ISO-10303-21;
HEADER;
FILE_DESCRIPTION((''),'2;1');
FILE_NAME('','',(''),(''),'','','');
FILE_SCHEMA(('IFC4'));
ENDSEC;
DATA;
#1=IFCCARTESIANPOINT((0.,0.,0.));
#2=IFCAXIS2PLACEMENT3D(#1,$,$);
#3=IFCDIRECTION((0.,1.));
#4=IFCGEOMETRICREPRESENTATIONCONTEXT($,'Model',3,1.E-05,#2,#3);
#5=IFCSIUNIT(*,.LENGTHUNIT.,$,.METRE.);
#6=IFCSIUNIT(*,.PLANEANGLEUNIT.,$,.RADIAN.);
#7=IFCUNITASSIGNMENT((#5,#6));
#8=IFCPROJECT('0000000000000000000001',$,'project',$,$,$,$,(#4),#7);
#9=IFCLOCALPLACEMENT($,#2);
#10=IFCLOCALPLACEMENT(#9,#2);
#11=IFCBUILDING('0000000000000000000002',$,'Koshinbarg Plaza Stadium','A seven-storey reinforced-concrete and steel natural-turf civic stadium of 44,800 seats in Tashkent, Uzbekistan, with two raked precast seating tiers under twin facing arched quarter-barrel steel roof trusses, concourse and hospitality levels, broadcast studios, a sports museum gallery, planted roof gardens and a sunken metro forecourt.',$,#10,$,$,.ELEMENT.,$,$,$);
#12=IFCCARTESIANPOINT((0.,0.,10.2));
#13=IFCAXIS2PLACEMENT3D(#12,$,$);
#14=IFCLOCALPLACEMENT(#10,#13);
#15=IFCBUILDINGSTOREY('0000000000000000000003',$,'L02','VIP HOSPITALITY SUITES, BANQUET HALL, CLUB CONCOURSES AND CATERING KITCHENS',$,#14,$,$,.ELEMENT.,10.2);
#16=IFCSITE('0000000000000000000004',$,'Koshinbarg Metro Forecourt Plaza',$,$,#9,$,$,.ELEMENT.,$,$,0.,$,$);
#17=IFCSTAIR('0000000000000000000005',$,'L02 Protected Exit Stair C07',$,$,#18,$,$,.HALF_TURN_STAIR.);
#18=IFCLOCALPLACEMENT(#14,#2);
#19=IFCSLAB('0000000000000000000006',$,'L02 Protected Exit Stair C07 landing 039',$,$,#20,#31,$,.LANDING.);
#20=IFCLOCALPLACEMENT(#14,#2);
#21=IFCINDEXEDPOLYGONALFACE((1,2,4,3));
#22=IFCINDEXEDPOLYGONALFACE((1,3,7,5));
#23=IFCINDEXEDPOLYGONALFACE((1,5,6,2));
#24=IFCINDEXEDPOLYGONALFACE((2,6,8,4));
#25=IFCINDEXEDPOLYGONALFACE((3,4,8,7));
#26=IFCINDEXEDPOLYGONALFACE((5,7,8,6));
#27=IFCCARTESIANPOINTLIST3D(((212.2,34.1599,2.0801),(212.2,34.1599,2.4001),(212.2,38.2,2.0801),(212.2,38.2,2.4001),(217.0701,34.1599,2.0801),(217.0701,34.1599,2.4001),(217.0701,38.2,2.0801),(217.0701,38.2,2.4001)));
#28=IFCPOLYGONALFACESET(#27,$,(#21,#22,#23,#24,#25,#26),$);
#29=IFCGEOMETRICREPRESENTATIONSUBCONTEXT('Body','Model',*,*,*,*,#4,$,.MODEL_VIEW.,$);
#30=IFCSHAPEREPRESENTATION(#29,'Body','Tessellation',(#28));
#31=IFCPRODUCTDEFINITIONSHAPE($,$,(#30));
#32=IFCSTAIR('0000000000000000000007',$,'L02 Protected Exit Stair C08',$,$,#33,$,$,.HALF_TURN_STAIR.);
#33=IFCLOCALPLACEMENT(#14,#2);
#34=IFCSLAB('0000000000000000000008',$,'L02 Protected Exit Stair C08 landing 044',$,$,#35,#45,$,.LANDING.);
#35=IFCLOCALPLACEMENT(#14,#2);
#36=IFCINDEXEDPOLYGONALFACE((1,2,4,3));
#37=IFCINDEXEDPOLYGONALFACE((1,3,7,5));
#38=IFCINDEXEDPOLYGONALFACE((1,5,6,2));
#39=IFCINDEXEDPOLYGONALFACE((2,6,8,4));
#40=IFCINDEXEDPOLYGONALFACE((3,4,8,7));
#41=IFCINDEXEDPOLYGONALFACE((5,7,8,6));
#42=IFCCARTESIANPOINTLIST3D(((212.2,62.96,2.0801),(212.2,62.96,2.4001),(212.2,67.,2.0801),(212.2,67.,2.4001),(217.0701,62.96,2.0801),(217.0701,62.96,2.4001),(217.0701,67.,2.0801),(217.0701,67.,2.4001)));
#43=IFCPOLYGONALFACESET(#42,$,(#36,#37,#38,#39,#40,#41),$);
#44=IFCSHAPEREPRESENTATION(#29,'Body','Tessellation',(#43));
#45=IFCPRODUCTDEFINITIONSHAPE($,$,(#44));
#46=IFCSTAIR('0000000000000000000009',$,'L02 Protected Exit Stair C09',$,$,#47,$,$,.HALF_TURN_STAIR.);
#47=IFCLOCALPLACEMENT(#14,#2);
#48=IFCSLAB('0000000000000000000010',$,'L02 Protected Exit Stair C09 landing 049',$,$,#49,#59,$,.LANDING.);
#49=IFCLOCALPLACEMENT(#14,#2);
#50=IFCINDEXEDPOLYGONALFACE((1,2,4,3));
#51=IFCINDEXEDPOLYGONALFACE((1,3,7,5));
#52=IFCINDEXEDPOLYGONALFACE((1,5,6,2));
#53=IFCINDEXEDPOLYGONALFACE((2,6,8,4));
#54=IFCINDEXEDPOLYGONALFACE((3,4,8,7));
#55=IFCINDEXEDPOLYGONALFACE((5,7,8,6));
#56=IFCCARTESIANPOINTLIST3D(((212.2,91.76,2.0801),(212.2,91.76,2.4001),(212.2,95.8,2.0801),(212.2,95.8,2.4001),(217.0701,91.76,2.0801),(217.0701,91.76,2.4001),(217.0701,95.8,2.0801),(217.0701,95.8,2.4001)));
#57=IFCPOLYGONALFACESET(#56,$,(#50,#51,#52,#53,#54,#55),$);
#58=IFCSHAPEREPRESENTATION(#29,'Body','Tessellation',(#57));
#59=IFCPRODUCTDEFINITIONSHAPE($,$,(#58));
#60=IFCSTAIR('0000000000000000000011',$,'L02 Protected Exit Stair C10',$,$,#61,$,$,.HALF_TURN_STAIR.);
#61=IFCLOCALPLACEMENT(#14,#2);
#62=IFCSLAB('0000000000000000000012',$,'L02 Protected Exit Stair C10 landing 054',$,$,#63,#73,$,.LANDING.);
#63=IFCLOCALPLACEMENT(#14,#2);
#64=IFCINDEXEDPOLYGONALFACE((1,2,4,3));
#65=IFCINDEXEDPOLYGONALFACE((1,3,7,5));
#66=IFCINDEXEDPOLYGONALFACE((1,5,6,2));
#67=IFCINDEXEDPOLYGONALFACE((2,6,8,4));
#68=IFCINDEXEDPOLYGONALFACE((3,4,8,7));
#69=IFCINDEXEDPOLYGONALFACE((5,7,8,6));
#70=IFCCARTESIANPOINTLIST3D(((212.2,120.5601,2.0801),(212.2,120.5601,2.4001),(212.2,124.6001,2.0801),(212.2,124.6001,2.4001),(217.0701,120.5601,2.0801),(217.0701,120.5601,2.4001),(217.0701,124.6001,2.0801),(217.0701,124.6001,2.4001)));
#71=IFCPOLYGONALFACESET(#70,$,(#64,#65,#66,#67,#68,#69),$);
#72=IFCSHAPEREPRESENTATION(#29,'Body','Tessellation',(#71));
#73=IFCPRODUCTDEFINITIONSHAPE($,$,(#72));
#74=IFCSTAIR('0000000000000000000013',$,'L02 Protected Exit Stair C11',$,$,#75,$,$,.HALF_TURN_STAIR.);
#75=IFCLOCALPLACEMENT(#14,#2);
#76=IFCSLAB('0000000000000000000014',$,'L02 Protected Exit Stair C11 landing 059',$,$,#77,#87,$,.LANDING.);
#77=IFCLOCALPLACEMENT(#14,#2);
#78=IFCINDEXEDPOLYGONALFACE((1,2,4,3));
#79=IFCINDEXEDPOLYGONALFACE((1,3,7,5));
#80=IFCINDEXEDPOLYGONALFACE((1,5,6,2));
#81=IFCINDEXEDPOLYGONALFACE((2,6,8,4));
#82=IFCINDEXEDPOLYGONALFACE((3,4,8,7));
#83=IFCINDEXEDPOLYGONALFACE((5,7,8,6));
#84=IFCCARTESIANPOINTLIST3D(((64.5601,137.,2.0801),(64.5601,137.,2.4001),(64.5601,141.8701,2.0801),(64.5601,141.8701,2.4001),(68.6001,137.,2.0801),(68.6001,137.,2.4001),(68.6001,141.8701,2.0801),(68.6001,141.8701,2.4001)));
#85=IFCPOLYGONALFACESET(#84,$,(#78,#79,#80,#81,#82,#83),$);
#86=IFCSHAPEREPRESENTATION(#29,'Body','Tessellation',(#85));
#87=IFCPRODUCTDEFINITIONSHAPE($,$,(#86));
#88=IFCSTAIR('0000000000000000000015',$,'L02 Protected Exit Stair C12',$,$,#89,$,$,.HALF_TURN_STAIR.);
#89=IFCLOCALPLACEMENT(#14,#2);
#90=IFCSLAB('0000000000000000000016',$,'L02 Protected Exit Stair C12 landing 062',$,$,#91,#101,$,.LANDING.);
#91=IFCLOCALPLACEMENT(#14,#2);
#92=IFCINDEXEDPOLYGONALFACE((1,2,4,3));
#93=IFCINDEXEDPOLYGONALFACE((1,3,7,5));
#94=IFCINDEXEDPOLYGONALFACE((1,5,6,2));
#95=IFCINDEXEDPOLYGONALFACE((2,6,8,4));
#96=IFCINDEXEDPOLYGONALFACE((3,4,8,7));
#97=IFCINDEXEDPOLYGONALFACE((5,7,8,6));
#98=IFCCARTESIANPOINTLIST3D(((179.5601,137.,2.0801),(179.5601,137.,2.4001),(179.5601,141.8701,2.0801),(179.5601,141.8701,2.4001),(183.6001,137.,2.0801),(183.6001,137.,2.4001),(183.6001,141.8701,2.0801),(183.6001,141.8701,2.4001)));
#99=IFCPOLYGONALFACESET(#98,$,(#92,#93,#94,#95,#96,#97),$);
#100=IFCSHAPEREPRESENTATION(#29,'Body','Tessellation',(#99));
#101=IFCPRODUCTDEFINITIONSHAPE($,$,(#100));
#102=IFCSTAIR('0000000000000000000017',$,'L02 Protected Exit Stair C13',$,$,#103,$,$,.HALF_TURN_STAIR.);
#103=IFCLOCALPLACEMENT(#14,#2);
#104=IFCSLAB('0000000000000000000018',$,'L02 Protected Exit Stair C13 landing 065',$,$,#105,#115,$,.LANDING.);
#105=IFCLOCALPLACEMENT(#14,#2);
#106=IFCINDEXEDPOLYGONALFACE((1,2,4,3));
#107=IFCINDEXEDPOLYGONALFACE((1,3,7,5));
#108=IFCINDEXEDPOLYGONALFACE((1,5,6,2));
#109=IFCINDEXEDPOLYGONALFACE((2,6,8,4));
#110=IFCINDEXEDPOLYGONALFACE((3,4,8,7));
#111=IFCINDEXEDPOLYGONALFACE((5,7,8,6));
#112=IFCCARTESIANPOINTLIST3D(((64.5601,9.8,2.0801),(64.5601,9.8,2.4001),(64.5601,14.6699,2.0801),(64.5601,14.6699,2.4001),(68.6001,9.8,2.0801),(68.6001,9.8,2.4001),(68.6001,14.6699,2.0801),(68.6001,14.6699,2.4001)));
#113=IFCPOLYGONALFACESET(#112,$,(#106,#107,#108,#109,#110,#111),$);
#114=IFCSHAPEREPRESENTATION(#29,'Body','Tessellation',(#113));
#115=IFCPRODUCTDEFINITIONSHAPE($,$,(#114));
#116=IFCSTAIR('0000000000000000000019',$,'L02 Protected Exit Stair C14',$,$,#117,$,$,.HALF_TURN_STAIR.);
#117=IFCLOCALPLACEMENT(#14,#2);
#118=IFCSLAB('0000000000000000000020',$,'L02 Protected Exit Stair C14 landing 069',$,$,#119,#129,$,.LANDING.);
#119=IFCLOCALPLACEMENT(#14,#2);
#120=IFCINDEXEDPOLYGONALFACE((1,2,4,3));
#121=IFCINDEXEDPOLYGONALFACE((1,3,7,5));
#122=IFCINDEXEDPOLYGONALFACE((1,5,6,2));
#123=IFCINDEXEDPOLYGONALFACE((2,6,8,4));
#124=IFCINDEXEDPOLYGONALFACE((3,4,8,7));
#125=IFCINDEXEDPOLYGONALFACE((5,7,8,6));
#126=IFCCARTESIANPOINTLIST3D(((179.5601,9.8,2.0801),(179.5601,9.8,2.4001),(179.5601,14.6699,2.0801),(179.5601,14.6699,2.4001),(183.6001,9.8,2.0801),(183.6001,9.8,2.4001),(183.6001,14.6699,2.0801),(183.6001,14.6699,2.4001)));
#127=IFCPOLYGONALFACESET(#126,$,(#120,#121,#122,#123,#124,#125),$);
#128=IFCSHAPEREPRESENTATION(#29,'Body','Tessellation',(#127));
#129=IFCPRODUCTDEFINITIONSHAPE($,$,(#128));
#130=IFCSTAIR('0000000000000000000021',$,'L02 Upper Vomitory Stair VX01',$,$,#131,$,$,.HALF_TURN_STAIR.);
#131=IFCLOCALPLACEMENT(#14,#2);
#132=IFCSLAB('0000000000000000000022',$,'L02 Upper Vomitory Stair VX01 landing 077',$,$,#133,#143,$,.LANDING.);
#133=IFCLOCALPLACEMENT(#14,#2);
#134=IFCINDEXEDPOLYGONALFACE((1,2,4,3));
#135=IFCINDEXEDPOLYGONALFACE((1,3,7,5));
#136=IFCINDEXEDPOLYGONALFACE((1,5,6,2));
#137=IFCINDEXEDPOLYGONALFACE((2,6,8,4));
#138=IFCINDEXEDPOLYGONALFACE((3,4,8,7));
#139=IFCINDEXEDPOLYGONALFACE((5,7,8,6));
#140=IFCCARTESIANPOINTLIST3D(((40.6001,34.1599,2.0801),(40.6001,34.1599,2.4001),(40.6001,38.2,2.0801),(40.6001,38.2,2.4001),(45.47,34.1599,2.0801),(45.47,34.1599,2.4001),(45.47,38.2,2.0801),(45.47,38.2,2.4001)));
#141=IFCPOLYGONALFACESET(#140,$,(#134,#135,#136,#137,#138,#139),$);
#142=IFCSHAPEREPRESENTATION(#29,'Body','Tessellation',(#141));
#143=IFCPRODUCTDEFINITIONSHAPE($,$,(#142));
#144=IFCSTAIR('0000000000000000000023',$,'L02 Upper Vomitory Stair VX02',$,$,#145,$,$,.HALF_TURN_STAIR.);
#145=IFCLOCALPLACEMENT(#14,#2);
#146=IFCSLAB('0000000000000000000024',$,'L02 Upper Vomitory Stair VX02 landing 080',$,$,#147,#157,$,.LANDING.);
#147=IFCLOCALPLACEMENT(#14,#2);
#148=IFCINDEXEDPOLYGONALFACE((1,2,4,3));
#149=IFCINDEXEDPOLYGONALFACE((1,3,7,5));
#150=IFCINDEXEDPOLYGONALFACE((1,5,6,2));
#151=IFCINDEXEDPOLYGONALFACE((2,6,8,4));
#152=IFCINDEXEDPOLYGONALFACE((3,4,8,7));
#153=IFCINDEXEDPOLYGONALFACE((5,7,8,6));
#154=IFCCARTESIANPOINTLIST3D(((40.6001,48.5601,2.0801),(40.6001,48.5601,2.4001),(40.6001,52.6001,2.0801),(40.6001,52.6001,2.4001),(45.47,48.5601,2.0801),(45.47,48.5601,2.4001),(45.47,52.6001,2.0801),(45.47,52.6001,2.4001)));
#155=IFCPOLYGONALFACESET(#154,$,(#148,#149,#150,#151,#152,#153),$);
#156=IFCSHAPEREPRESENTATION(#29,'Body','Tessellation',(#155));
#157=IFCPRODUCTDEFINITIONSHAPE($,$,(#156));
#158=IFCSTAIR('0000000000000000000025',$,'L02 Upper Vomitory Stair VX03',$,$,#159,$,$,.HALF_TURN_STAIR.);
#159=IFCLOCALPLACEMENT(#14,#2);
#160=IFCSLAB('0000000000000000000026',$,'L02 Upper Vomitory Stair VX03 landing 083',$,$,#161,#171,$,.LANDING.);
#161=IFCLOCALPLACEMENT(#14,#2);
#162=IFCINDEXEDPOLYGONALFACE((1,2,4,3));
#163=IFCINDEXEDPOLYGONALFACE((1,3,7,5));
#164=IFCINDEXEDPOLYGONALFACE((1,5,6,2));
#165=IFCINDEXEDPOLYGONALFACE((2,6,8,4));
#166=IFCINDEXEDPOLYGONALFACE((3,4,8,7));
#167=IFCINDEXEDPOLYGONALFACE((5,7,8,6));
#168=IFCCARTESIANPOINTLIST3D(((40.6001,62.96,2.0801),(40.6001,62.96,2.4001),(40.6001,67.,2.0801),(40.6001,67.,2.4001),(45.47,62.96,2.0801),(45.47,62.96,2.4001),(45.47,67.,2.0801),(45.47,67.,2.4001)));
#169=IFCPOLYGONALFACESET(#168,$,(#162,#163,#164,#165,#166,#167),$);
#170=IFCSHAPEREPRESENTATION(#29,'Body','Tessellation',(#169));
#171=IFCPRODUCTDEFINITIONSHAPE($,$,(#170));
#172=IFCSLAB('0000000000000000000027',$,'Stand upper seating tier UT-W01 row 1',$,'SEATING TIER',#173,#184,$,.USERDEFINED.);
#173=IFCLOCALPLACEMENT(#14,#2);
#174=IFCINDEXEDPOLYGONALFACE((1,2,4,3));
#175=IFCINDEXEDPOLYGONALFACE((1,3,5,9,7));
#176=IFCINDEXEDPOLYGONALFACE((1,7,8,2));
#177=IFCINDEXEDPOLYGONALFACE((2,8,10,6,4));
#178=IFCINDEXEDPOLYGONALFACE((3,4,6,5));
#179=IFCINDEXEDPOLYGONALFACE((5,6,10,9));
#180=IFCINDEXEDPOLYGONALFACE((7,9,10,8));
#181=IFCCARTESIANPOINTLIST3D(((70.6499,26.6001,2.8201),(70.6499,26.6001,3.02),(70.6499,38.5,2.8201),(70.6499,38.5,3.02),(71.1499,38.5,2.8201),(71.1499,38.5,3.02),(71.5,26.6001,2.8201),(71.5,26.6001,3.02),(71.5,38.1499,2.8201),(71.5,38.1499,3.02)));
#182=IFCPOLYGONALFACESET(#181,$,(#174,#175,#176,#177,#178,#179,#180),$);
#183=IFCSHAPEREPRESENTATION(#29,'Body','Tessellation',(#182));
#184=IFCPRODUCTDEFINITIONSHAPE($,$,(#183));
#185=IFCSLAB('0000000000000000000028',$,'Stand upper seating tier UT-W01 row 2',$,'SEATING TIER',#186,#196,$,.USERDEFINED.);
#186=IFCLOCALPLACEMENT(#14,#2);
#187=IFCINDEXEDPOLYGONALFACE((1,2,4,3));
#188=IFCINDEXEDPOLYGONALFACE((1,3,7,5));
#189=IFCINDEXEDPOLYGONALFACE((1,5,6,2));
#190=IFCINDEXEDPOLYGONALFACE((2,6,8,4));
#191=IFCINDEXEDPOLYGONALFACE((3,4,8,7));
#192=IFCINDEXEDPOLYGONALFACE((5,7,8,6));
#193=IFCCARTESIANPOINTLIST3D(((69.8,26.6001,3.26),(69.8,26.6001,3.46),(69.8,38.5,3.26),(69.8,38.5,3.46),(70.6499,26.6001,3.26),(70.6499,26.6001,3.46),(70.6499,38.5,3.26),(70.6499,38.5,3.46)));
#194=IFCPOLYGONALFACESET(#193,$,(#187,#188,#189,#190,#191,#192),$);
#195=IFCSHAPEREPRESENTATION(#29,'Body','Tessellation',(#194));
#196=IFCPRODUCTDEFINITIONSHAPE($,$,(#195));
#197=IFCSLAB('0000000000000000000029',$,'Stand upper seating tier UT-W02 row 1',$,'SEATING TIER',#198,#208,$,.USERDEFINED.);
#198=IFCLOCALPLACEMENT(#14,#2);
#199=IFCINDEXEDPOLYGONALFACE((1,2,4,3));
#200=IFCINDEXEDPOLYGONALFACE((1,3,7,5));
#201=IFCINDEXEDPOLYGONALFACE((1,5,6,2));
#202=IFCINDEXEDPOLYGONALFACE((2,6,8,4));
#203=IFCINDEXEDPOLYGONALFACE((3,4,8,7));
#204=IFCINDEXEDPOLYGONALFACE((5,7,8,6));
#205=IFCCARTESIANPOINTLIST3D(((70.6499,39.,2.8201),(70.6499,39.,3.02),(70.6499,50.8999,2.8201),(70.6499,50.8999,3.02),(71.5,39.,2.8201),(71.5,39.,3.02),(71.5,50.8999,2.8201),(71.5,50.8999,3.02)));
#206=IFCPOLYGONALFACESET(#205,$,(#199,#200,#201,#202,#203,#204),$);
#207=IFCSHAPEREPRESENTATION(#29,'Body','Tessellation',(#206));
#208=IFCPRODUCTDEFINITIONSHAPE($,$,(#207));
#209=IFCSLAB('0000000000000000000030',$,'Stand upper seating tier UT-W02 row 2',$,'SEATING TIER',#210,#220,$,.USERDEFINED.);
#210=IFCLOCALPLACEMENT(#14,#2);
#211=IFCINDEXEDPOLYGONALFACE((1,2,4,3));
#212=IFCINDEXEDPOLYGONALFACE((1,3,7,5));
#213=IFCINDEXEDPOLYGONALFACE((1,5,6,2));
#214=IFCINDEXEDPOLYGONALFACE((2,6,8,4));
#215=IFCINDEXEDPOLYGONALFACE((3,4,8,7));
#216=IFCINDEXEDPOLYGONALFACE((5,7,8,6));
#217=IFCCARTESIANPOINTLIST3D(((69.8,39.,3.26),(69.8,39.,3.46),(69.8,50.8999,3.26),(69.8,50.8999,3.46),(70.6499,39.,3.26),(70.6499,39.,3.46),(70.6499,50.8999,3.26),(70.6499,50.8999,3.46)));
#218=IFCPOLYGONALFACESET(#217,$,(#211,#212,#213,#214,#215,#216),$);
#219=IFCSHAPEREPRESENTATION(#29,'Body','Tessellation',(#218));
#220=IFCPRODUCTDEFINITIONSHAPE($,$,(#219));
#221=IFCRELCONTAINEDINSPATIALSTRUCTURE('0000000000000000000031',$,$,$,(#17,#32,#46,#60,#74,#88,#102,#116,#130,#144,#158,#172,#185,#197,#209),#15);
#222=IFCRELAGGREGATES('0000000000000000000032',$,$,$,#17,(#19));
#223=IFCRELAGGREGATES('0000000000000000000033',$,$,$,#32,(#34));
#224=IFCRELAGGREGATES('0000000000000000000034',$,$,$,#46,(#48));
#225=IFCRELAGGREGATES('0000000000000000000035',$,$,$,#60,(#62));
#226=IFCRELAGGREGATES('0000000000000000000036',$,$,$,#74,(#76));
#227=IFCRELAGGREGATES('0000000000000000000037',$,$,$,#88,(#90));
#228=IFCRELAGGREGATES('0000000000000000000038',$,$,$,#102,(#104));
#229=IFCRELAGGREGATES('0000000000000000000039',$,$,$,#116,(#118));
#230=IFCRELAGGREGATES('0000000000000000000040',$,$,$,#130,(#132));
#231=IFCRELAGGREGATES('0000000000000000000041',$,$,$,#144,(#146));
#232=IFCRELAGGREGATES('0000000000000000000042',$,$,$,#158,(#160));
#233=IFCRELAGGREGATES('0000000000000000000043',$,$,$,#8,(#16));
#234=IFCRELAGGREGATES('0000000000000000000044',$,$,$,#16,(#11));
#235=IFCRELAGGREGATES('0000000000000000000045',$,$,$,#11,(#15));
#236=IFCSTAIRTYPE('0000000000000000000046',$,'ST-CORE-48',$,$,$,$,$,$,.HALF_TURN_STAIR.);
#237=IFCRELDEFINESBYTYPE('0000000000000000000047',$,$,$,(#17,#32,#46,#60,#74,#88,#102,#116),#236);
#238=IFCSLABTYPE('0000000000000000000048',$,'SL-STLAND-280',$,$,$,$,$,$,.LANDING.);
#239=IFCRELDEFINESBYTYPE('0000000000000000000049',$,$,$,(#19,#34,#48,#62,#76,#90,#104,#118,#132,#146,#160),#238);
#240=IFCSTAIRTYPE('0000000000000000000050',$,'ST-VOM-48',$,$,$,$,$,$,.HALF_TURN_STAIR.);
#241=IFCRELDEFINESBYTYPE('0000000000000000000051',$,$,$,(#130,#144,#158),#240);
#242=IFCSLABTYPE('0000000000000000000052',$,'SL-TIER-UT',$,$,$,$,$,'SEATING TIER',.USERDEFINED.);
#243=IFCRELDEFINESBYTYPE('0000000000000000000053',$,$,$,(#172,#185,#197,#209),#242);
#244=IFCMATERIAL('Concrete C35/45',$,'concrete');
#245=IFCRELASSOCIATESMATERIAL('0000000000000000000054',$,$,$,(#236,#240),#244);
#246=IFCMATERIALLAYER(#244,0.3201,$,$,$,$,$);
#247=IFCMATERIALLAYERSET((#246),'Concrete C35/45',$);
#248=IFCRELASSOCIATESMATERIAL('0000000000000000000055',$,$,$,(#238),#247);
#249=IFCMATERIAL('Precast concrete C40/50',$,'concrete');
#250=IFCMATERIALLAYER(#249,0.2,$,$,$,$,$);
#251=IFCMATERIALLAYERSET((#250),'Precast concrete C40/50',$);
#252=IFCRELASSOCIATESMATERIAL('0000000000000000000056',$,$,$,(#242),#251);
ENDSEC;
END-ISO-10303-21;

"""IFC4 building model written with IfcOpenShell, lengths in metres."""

from ifc_helpers import new_model, si_unit, direction, frame, origin, place, context, subcontext, project, spatial, polyline, outline, extrude, material, layer, layer_set, type_object, element, aggregate, save


model = new_model("IFC4")

# Units and contexts
model_context = context("Model", 3, precision=1e-05, world=origin(), true_north=direction((0.0, 1.0)))
body_context = subcontext(model_context, "Body", "Model", "MODEL_VIEW")
ifc_project = project(units=[si_unit("LENGTHUNIT", "METRE"), si_unit("PLANEANGLEUNIT", "RADIAN")], contexts=[model_context])

# Site, building, storey
site_placement = place(None, origin())
site = spatial("IfcSite", under=ifc_project, at=site_placement, Name="Koshinbarg Metro Forecourt Plaza", CompositionType="ELEMENT", RefElevation=0.0)
building_placement = place(site_placement, origin())
building = spatial("IfcBuilding", under=site, at=building_placement, Name="Koshinbarg Plaza Stadium", Description="A seven-storey reinforced-concrete and steel natural-turf civic stadium of 44,800 seats in Tashkent, Uzbekistan, with two raked precast seating tiers under twin facing arched quarter-barrel steel roof trusses, concourse and hospitality levels, broadcast studios, a sports museum gallery, planted roof gardens and a sunken metro forecourt.", CompositionType="ELEMENT")
storey_placement = place(building_placement, frame((0.0, 0.0, 10.2)))
storey = spatial("IfcBuildingStorey", under=building, at=storey_placement, Name="L02", Description="VIP HOSPITALITY SUITES, BANQUET HALL, CLUB CONCOURSES AND CATERING KITCHENS", CompositionType="ELEMENT", Elevation=10.2)

# Stairs, slabs
ifc_material_1 = material(Name="Concrete C35/45", Category="concrete")
stair_type_1 = type_object("IfcStairType", Name="ST-CORE-48", PredefinedType="HALF_TURN_STAIR", material=ifc_material_1)
stair_1_placement = place(storey_placement, origin())
stair_1 = element("IfcStair", 1, at=stair_1_placement, inside=storey, type_object=stair_type_1, Name="L02 Protected Exit Stair C07", PredefinedType="HALF_TURN_STAIR")
ifc_layer_1 = layer(ifc_material_1, 0.3201)
ifc_layer_set_1 = layer_set([ifc_layer_1], Name="Concrete C35/45")
slab_type_1 = type_object("IfcSlabType", Name="SL-STLAND-280", PredefinedType="LANDING", material=ifc_layer_set_1)
slab_1_placement = place(storey_placement, frame((0.0, 0.0, 2.0801)))
slab_1 = element("IfcSlab", 2, at=slab_1_placement, type_object=slab_type_1, Name="L02 Protected Exit Stair C07 landing 039", PredefinedType="LANDING", context=body_context, shape_type="SweptSolid", body=[
    extrude(outline(polyline([(217.0701, 34.1599), (217.0701, 38.2), (212.2, 38.2), (212.2, 34.1599), (217.0701, 34.1599)])), origin(), (0.0, 0.0, 1.0), 0.3201),
])
aggregate(stair_1, [slab_1])
stair_2_placement = place(storey_placement, origin())
stair_2 = element("IfcStair", 3, at=stair_2_placement, inside=storey, type_object=stair_type_1, Name="L02 Protected Exit Stair C08", PredefinedType="HALF_TURN_STAIR")
slab_2_placement = place(storey_placement, frame((0.0, 0.0, 2.0801)))
slab_2 = element("IfcSlab", 4, at=slab_2_placement, type_object=slab_type_1, Name="L02 Protected Exit Stair C08 landing 044", PredefinedType="LANDING", context=body_context, shape_type="SweptSolid", body=[
    extrude(outline(polyline([(217.0701, 62.96), (217.0701, 67.0), (212.2, 67.0), (212.2, 62.96), (217.0701, 62.96)])), origin(), (0.0, 0.0, 1.0), 0.3201),
])
aggregate(stair_2, [slab_2])
stair_3_placement = place(storey_placement, origin())
stair_3 = element("IfcStair", 5, at=stair_3_placement, inside=storey, type_object=stair_type_1, Name="L02 Protected Exit Stair C09", PredefinedType="HALF_TURN_STAIR")
slab_3_placement = place(storey_placement, frame((0.0, 0.0, 2.0801)))
slab_3 = element("IfcSlab", 6, at=slab_3_placement, type_object=slab_type_1, Name="L02 Protected Exit Stair C09 landing 049", PredefinedType="LANDING", context=body_context, shape_type="SweptSolid", body=[
    extrude(outline(polyline([(217.0701, 91.76), (217.0701, 95.8), (212.2, 95.8), (212.2, 91.76), (217.0701, 91.76)])), origin(), (0.0, 0.0, 1.0), 0.3201),
])
aggregate(stair_3, [slab_3])
stair_4_placement = place(storey_placement, origin())
stair_4 = element("IfcStair", 7, at=stair_4_placement, inside=storey, type_object=stair_type_1, Name="L02 Protected Exit Stair C10", PredefinedType="HALF_TURN_STAIR")
slab_4_placement = place(storey_placement, frame((0.0, 0.0, 2.0801)))
slab_4 = element("IfcSlab", 8, at=slab_4_placement, type_object=slab_type_1, Name="L02 Protected Exit Stair C10 landing 054", PredefinedType="LANDING", context=body_context, shape_type="SweptSolid", body=[
    extrude(outline(polyline([(217.0701, 120.5601), (217.0701, 124.6001), (212.2, 124.6001), (212.2, 120.5601), (217.0701, 120.5601)])), origin(), (0.0, 0.0, 1.0), 0.3201),
])
aggregate(stair_4, [slab_4])
stair_5_placement = place(storey_placement, origin())
stair_5 = element("IfcStair", 9, at=stair_5_placement, inside=storey, type_object=stair_type_1, Name="L02 Protected Exit Stair C11", PredefinedType="HALF_TURN_STAIR")
slab_5_placement = place(storey_placement, frame((0.0, 0.0, 2.0801)))
slab_5 = element("IfcSlab", 10, at=slab_5_placement, type_object=slab_type_1, Name="L02 Protected Exit Stair C11 landing 059", PredefinedType="LANDING", context=body_context, shape_type="SweptSolid", body=[
    extrude(outline(polyline([(64.5601, 137.0), (68.6001, 137.0), (68.6001, 141.8701), (64.5601, 141.8701), (64.5601, 137.0)])), origin(), (0.0, 0.0, 1.0), 0.3201),
])
aggregate(stair_5, [slab_5])
stair_6_placement = place(storey_placement, origin())
stair_6 = element("IfcStair", 11, at=stair_6_placement, inside=storey, type_object=stair_type_1, Name="L02 Protected Exit Stair C12", PredefinedType="HALF_TURN_STAIR")
slab_6_placement = place(storey_placement, frame((0.0, 0.0, 2.0801)))
slab_6 = element("IfcSlab", 12, at=slab_6_placement, type_object=slab_type_1, Name="L02 Protected Exit Stair C12 landing 062", PredefinedType="LANDING", context=body_context, shape_type="SweptSolid", body=[
    extrude(outline(polyline([(179.5601, 137.0), (183.6001, 137.0), (183.6001, 141.8701), (179.5601, 141.8701), (179.5601, 137.0)])), origin(), (0.0, 0.0, 1.0), 0.3201),
])
aggregate(stair_6, [slab_6])
stair_7_placement = place(storey_placement, origin())
stair_7 = element("IfcStair", 13, at=stair_7_placement, inside=storey, type_object=stair_type_1, Name="L02 Protected Exit Stair C13", PredefinedType="HALF_TURN_STAIR")
slab_7_placement = place(storey_placement, frame((0.0, 0.0, 2.0801)))
slab_7 = element("IfcSlab", 14, at=slab_7_placement, type_object=slab_type_1, Name="L02 Protected Exit Stair C13 landing 065", PredefinedType="LANDING", context=body_context, shape_type="SweptSolid", body=[
    extrude(outline(polyline([(64.5601, 9.8), (68.6001, 9.8), (68.6001, 14.6699), (64.5601, 14.6699), (64.5601, 9.8)])), origin(), (0.0, 0.0, 1.0), 0.3201),
])
aggregate(stair_7, [slab_7])
stair_8_placement = place(storey_placement, origin())
stair_8 = element("IfcStair", 15, at=stair_8_placement, inside=storey, type_object=stair_type_1, Name="L02 Protected Exit Stair C14", PredefinedType="HALF_TURN_STAIR")
slab_8_placement = place(storey_placement, frame((0.0, 0.0, 2.0801)))
slab_8 = element("IfcSlab", 16, at=slab_8_placement, type_object=slab_type_1, Name="L02 Protected Exit Stair C14 landing 069", PredefinedType="LANDING", context=body_context, shape_type="SweptSolid", body=[
    extrude(outline(polyline([(179.5601, 9.8), (183.6001, 9.8), (183.6001, 14.6699), (179.5601, 14.6699), (179.5601, 9.8)])), origin(), (0.0, 0.0, 1.0), 0.3201),
])
aggregate(stair_8, [slab_8])
stair_type_2 = type_object("IfcStairType", Name="ST-VOM-48", PredefinedType="HALF_TURN_STAIR", material=ifc_material_1)
stair_9_placement = place(storey_placement, origin())
stair_9 = element("IfcStair", 17, at=stair_9_placement, inside=storey, type_object=stair_type_2, Name="L02 Upper Vomitory Stair VX01", PredefinedType="HALF_TURN_STAIR")
slab_9_placement = place(storey_placement, frame((0.0, 0.0, 2.0801)))
slab_9 = element("IfcSlab", 18, at=slab_9_placement, type_object=slab_type_1, Name="L02 Upper Vomitory Stair VX01 landing 077", PredefinedType="LANDING", context=body_context, shape_type="SweptSolid", body=[
    extrude(outline(polyline([(45.47, 34.1599), (45.47, 38.2), (40.6001, 38.2), (40.6001, 34.1599), (45.47, 34.1599)])), origin(), (0.0, 0.0, 1.0), 0.3201),
])
aggregate(stair_9, [slab_9])
stair_10_placement = place(storey_placement, origin())
stair_10 = element("IfcStair", 19, at=stair_10_placement, inside=storey, type_object=stair_type_2, Name="L02 Upper Vomitory Stair VX02", PredefinedType="HALF_TURN_STAIR")
slab_10_placement = place(storey_placement, frame((0.0, 0.0, 2.0801)))
slab_10 = element("IfcSlab", 20, at=slab_10_placement, type_object=slab_type_1, Name="L02 Upper Vomitory Stair VX02 landing 080", PredefinedType="LANDING", context=body_context, shape_type="SweptSolid", body=[
    extrude(outline(polyline([(45.47, 48.5601), (45.47, 52.6001), (40.6001, 52.6001), (40.6001, 48.5601), (45.47, 48.5601)])), origin(), (0.0, 0.0, 1.0), 0.3201),
])
aggregate(stair_10, [slab_10])
stair_11_placement = place(storey_placement, origin())
stair_11 = element("IfcStair", 21, at=stair_11_placement, inside=storey, type_object=stair_type_2, Name="L02 Upper Vomitory Stair VX03", PredefinedType="HALF_TURN_STAIR")
slab_11_placement = place(storey_placement, frame((0.0, 0.0, 2.0801)))
slab_11 = element("IfcSlab", 22, at=slab_11_placement, type_object=slab_type_1, Name="L02 Upper Vomitory Stair VX03 landing 083", PredefinedType="LANDING", context=body_context, shape_type="SweptSolid", body=[
    extrude(outline(polyline([(45.47, 62.96), (45.47, 67.0), (40.6001, 67.0), (40.6001, 62.96), (45.47, 62.96)])), origin(), (0.0, 0.0, 1.0), 0.3201),
])
aggregate(stair_11, [slab_11])

# Slabs
ifc_material_2 = material(Name="Precast concrete C40/50", Category="concrete")
ifc_layer_2 = layer(ifc_material_2, 0.2)
ifc_layer_set_2 = layer_set([ifc_layer_2], Name="Precast concrete C40/50")
slab_type_2 = type_object("IfcSlabType", Name="SL-TIER-UT", ElementType="SEATING TIER", PredefinedType="USERDEFINED", material=ifc_layer_set_2)
slab_12_placement = place(storey_placement, frame((0.0, 0.0, 2.8201)))
element("IfcSlab", 23, at=slab_12_placement, inside=storey, type_object=slab_type_2, Name="Stand upper seating tier UT-W01 row 1", ObjectType="SEATING TIER", PredefinedType="USERDEFINED", context=body_context, shape_type="SweptSolid", body=[
    extrude(outline(polyline([(70.6499, 26.6001), (71.5, 26.6001), (71.5, 38.1499), (71.1499, 38.5), (70.6499, 38.5), (70.6499, 26.6001)])), origin(), (0.0, 0.0, 1.0), 0.2),
])
slab_13_placement = place(storey_placement, frame((0.0, 0.0, 3.26)))
element("IfcSlab", 24, at=slab_13_placement, inside=storey, type_object=slab_type_2, Name="Stand upper seating tier UT-W01 row 2", ObjectType="SEATING TIER", PredefinedType="USERDEFINED", context=body_context, shape_type="SweptSolid", body=[
    extrude(outline(polyline([(69.8, 26.6001), (70.6499, 26.6001), (70.6499, 38.5), (69.8, 38.5), (69.8, 26.6001)])), origin(), (0.0, 0.0, 1.0), 0.2),
])
slab_14_placement = place(storey_placement, frame((0.0, 0.0, 2.8201)))
element("IfcSlab", 25, at=slab_14_placement, inside=storey, type_object=slab_type_2, Name="Stand upper seating tier UT-W02 row 1", ObjectType="SEATING TIER", PredefinedType="USERDEFINED", context=body_context, shape_type="SweptSolid", body=[
    extrude(outline(polyline([(70.6499, 39.0), (71.5, 39.0), (71.5, 50.8999), (70.6499, 50.8999), (70.6499, 39.0)])), origin(), (0.0, 0.0, 1.0), 0.2),
])
slab_15_placement = place(storey_placement, frame((0.0, 0.0, 3.26)))
element("IfcSlab", 26, at=slab_15_placement, inside=storey, type_object=slab_type_2, Name="Stand upper seating tier UT-W02 row 2", ObjectType="SEATING TIER", PredefinedType="USERDEFINED", context=body_context, shape_type="SweptSolid", body=[
    extrude(outline(polyline([(69.8, 39.0), (70.6499, 39.0), (70.6499, 50.8999), (69.8, 50.8999), (69.8, 39.0)])), origin(), (0.0, 0.0, 1.0), 0.2),
])

save(model, "model.ifc")
